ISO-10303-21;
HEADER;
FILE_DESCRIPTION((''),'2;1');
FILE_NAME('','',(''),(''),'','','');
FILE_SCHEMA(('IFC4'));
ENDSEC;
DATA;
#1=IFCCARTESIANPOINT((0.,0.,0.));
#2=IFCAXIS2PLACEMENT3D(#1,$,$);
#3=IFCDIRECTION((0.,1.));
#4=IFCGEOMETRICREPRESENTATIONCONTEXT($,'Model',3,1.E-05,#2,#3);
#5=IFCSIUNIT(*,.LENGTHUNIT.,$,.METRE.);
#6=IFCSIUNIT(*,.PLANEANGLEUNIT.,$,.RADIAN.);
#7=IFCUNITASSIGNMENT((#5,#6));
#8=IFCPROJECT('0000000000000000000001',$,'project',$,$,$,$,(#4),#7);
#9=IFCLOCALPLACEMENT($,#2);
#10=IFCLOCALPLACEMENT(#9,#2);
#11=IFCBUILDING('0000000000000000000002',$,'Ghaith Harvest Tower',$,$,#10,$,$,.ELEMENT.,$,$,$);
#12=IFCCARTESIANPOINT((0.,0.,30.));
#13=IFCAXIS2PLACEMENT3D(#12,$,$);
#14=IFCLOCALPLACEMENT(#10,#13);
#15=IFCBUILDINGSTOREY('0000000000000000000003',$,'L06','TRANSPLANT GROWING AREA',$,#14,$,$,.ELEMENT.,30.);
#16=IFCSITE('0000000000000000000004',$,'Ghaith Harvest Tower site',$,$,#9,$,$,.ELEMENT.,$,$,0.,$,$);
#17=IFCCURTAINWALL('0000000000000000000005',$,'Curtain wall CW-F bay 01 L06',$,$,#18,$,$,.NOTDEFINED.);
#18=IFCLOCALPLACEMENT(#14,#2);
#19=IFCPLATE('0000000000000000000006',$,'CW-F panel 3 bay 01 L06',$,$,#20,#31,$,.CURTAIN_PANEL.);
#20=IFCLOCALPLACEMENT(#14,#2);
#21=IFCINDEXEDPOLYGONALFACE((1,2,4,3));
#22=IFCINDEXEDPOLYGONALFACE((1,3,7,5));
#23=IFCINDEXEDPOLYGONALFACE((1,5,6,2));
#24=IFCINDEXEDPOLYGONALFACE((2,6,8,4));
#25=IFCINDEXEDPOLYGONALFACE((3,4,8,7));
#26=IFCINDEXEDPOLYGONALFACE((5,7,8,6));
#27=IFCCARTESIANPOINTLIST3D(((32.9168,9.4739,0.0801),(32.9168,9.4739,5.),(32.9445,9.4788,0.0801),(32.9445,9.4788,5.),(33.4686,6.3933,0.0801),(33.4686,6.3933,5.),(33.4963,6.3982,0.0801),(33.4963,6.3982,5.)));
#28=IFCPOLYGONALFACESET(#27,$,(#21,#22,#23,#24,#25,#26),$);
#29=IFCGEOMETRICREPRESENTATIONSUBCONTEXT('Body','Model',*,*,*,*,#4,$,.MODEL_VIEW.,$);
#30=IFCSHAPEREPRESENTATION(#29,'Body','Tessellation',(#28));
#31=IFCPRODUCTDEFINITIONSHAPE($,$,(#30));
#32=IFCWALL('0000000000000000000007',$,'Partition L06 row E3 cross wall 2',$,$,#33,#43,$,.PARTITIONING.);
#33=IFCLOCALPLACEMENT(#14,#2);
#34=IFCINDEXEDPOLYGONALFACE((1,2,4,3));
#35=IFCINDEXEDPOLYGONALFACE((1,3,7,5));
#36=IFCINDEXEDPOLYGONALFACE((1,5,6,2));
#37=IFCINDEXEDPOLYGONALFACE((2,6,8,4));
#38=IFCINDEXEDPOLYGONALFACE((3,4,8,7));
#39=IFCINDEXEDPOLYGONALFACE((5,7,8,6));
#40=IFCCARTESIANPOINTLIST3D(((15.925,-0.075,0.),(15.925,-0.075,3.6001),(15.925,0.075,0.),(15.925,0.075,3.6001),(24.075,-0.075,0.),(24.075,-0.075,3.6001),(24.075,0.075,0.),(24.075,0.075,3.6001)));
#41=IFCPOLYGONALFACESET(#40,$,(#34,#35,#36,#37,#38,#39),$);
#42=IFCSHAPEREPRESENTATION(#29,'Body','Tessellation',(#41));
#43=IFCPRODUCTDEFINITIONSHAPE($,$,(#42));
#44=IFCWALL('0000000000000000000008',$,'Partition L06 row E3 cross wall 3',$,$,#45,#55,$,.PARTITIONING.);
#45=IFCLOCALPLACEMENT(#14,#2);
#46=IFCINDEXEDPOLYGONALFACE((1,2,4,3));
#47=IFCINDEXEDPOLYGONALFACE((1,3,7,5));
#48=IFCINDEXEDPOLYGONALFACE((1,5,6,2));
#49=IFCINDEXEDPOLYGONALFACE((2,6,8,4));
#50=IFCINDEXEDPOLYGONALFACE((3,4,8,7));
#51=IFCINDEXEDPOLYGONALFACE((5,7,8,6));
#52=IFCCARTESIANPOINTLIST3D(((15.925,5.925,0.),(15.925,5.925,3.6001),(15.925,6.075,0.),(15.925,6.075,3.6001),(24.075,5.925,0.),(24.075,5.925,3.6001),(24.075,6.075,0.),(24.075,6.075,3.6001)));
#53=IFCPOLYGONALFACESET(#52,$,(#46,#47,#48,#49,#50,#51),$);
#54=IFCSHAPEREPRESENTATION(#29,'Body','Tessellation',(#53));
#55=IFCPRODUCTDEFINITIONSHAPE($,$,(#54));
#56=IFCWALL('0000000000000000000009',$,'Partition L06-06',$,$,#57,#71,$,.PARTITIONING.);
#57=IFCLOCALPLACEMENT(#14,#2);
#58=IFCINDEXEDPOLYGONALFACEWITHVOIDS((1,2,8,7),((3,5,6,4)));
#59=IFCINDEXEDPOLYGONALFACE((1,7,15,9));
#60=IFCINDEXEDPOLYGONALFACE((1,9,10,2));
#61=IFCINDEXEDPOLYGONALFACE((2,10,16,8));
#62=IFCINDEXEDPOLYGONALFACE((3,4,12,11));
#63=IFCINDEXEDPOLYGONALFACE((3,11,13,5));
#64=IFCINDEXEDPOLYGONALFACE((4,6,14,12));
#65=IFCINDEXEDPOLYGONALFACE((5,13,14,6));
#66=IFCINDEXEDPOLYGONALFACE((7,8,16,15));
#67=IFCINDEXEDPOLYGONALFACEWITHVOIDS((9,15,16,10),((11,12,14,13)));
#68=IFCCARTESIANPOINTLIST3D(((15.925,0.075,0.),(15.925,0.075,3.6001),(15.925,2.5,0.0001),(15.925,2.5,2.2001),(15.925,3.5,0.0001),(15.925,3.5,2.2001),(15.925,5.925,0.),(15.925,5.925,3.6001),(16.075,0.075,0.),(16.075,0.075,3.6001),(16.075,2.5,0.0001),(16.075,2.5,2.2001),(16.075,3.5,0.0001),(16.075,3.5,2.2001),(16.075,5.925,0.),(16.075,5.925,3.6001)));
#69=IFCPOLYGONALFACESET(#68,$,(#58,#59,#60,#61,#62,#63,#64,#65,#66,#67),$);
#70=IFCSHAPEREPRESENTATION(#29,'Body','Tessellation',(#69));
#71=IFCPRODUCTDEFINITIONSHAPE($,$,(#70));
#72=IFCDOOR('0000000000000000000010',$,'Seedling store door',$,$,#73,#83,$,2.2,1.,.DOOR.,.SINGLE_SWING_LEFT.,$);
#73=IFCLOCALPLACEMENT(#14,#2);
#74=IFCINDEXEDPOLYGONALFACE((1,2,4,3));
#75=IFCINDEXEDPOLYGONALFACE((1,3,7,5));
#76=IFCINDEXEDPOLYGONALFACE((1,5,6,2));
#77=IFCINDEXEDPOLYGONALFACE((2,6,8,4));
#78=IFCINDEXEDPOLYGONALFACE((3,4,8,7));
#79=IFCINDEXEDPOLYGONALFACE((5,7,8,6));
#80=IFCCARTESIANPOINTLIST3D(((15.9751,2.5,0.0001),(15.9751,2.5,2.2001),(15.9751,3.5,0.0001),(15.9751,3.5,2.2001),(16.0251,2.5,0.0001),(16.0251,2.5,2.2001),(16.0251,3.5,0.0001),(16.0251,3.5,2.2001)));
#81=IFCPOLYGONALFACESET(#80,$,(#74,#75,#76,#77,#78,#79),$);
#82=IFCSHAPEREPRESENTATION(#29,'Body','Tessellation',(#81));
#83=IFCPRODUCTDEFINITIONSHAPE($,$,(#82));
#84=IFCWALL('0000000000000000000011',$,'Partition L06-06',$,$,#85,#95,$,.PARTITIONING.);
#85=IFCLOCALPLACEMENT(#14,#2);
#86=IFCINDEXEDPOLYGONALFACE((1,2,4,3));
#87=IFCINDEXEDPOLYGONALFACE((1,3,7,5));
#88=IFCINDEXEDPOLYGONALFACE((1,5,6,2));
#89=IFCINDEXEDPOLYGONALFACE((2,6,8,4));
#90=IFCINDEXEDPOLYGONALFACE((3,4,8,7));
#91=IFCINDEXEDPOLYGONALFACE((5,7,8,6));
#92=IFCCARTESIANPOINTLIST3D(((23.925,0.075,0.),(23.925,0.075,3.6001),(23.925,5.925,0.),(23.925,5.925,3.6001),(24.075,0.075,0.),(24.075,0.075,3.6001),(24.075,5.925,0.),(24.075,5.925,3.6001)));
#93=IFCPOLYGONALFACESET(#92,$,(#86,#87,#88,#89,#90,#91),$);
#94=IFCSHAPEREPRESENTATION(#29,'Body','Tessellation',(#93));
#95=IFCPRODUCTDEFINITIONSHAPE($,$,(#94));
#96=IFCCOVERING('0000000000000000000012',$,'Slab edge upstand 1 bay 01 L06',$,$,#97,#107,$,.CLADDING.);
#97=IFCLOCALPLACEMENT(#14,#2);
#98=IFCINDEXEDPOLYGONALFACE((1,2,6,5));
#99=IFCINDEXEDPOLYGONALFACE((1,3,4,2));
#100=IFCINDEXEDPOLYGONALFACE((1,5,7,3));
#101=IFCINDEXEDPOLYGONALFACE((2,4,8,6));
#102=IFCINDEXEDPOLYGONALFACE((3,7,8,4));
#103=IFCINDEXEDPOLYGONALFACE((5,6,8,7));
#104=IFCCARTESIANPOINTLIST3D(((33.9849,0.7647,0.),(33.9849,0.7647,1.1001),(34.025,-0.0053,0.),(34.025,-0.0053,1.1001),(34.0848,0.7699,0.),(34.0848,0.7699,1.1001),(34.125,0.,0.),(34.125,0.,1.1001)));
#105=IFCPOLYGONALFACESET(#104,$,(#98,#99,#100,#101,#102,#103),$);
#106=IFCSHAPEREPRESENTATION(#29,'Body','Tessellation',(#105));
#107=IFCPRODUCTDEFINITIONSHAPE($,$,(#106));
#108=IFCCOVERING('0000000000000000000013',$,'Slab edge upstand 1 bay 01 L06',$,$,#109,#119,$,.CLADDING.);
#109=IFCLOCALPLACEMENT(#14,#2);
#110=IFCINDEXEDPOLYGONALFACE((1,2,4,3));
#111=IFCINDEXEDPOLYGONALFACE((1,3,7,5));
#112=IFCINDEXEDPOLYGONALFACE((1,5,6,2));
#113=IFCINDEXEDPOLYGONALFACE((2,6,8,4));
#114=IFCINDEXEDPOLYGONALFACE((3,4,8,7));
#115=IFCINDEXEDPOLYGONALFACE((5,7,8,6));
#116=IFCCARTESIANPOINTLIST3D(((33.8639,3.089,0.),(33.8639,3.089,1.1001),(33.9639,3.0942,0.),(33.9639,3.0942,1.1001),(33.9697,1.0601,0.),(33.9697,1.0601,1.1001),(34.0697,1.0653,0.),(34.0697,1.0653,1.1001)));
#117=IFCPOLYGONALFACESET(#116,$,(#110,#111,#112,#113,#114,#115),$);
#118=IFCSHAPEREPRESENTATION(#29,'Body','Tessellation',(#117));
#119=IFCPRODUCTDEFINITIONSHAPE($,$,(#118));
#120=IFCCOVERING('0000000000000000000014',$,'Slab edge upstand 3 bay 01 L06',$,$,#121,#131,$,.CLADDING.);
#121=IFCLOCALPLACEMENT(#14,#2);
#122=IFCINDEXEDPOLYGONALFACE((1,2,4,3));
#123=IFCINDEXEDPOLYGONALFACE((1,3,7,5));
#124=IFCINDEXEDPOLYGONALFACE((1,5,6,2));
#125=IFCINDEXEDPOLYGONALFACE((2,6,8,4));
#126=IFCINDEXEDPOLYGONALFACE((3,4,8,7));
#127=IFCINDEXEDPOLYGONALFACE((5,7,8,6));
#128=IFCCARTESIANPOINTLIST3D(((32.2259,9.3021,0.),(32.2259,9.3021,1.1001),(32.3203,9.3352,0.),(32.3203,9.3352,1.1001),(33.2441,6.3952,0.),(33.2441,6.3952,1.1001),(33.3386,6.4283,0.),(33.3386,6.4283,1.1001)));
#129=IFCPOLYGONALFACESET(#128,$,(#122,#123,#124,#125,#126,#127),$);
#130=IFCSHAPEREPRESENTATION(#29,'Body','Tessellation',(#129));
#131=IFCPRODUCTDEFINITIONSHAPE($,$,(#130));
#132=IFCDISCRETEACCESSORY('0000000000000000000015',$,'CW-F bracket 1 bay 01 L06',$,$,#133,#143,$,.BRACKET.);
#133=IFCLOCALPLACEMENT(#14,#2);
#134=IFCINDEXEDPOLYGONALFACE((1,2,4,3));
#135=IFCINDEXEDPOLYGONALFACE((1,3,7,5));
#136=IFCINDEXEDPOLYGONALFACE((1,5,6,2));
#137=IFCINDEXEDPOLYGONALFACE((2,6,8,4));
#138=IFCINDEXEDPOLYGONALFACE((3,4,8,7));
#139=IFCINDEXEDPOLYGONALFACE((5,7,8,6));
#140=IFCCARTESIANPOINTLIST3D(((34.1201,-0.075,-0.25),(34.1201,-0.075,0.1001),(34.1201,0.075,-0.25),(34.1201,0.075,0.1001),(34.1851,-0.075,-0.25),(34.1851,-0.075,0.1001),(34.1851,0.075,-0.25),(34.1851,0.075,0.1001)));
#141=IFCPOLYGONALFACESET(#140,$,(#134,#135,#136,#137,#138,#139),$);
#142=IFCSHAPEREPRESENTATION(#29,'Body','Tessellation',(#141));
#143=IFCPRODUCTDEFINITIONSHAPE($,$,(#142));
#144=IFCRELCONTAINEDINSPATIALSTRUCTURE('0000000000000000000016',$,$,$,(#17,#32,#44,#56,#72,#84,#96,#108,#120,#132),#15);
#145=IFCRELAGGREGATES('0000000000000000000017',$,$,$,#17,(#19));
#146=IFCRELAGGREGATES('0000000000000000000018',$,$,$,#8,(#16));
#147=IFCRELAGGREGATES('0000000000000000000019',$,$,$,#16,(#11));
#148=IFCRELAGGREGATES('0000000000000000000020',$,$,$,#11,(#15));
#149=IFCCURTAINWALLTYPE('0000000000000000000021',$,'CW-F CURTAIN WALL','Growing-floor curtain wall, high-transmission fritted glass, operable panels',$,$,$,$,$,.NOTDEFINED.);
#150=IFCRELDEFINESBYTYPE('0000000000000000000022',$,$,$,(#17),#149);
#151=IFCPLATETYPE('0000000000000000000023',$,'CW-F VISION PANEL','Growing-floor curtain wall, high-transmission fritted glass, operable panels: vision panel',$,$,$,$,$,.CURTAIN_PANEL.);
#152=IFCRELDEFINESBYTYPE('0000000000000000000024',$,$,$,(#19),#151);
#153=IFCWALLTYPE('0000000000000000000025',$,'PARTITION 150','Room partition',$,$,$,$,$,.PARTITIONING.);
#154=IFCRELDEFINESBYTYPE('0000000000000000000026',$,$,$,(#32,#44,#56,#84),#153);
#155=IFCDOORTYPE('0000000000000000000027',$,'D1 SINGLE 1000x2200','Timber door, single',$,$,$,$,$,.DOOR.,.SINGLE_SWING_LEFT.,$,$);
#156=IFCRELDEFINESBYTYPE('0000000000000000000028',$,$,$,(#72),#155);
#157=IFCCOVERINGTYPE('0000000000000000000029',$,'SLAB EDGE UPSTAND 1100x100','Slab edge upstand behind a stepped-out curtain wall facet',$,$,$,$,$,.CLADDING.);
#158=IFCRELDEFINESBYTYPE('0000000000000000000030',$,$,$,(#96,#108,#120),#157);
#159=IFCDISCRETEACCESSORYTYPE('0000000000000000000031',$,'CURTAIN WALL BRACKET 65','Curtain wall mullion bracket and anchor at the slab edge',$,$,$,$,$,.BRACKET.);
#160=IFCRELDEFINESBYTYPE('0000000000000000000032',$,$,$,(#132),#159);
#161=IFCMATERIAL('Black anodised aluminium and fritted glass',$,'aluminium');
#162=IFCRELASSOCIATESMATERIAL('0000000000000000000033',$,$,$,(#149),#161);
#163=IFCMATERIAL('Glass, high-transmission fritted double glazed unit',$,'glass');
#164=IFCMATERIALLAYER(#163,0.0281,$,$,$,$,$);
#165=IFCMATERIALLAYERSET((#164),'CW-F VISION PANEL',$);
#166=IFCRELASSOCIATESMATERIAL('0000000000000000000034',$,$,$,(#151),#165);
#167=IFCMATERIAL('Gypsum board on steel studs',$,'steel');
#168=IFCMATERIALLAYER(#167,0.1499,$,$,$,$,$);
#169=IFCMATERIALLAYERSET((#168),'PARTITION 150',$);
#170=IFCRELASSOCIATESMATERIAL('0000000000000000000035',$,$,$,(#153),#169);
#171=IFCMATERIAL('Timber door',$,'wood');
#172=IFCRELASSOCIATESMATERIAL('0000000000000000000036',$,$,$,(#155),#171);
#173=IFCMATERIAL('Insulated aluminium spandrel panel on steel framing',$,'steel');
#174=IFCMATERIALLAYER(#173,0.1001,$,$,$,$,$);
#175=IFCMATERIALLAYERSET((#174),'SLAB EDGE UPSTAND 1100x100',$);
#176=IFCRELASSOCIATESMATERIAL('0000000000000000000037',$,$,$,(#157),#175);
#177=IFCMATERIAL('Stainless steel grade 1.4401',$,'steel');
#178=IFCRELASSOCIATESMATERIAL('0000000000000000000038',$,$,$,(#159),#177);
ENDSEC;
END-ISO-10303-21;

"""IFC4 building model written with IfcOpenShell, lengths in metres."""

from ifc_helpers import new_model, si_unit, direction, frame, frame_2d, origin, origin_2d, place, context, subcontext, project, spatial, rectangle, extrude, material, layer, layer_set, type_object, element, fill, aggregate, save


model = new_model("IFC4")

# Units and contexts
model_context = context("Model", 3, precision=1e-05, world=origin(), true_north=direction((0.0, 1.0)))
body_context = subcontext(model_context, "Body", "Model", "MODEL_VIEW")
ifc_project = project(units=[si_unit("LENGTHUNIT", "METRE"), si_unit("PLANEANGLEUNIT", "RADIAN")], contexts=[model_context])

# Site, building, storey
site_placement = place(None, origin())
site = spatial("IfcSite", under=ifc_project, at=site_placement, Name="Ghaith Harvest Tower site", CompositionType="ELEMENT", RefElevation=0.0)
building_placement = place(site_placement, origin())
building = spatial("IfcBuilding", under=site, at=building_placement, Name="Ghaith Harvest Tower", CompositionType="ELEMENT")
storey_placement = place(building_placement, frame((0.0, 0.0, 30.0)))
storey = spatial("IfcBuildingStorey", under=building, at=storey_placement, Name="L06", Description="TRANSPLANT GROWING AREA", CompositionType="ELEMENT", Elevation=30.0)

# Curtain wall
ifc_material_1 = material(Name="Black anodised aluminium and fritted glass", Category="aluminium")
curtain_wall_type = type_object("IfcCurtainWallType", Name="CW-F CURTAIN WALL", Description="Growing-floor curtain wall, high-transmission fritted glass, operable panels", PredefinedType="NOTDEFINED", material=ifc_material_1)
curtain_wall_placement = place(storey_placement, origin())
curtain_wall = element("IfcCurtainWall", 1, at=curtain_wall_placement, inside=storey, type_object=curtain_wall_type, Name="Curtain wall CW-F bay 01 L06", PredefinedType="NOTDEFINED")

# Plate
ifc_material_2 = material(Name="Glass, high-transmission fritted double glazed unit", Category="glass")
ifc_layer_1 = layer(ifc_material_2, 0.0281)
ifc_layer_set_1 = layer_set([ifc_layer_1], Name="CW-F VISION PANEL")
plate_type = type_object("IfcPlateType", Name="CW-F VISION PANEL", Description="Growing-floor curtain wall, high-transmission fritted glass, operable panels: vision panel", PredefinedType="CURTAIN_PANEL", material=ifc_layer_set_1)
plate_1_placement = place(storey_placement, frame((33.2065, 7.936, 0.0801), z_axis=(0.0, 0.0, 1.0), x_axis=(-0.17632, 0.984333, 0.0)))
plate_1 = element("IfcPlate", 2, at=plate_1_placement, type_object=plate_type, Name="CW-F panel 3 bay 01 L06", PredefinedType="CURTAIN_PANEL", context=body_context, shape_type="SweptSolid", body=[
    extrude(rectangle(XDim=3.1296, YDim=0.0281, at=origin_2d()), origin(), (0.0, 0.0, 1.0), 4.9199),
])
aggregate(curtain_wall, [plate_1])

# Walls
ifc_material_3 = material(Name="Gypsum board on steel studs", Category="steel")
ifc_layer_2 = layer(ifc_material_3, 0.1499)
ifc_layer_set_2 = layer_set([ifc_layer_2], Name="PARTITION 150")
wall_type_1 = type_object("IfcWallType", Name="PARTITION 150", Description="Room partition", PredefinedType="PARTITIONING", material=ifc_layer_set_2)
for number, where, z_axis, x_axis, name in (
    (3, (15.925, 0.0, 0.0), (0.0, 0.0, 1.0), (1.0, 0.0, 0.0), "Partition L06 row E3 cross wall 2"),
    (4, (15.925, 6.0, 0.0), (0.0, 0.0, 1.0), (1.0, 0.0, 0.0), "Partition L06 row E3 cross wall 3"),
):
    element("IfcWall", number, at=place(storey_placement, frame(where, z_axis=z_axis, x_axis=x_axis)), inside=storey, type_object=wall_type_1, Name=name, PredefinedType="PARTITIONING", context=body_context, shape_type="SweptSolid", body=[
        extrude(rectangle(XDim=8.1499, YDim=0.1499, at=frame_2d((4.075, 0.0))), origin(), (0.0, 0.0, 1.0), 3.6001),
    ])

# Wall, opening, door
wall_1_placement = place(storey_placement, frame((16.0, 0.075, 0.0), z_axis=(0.0, 0.0, 1.0), x_axis=(0.0, 1.0, 0.0)))
wall_1 = element("IfcWall", 5, at=wall_1_placement, inside=storey, type_object=wall_type_1, Name="Partition L06-06", PredefinedType="PARTITIONING", context=body_context, shape_type="SweptSolid", body=[
    extrude(rectangle(XDim=5.8501, YDim=0.1499, at=frame_2d((2.925, 0.0))), origin(), (0.0, 0.0, 1.0), 3.6001),
])
opening_1_placement = place(wall_1_placement, frame((2.425, 0.0, 0.0)))
opening_1 = element("IfcOpeningElement", 6, at=opening_1_placement, cuts=wall_1, PredefinedType="OPENING", context=body_context, shape_type="SweptSolid", body=[
    extrude(rectangle(XDim=1.0, YDim=2.2, at=frame_2d((0.5, 1.1001))), frame((0.0, 0.085, 0.0), z_axis=(0.0, -1.0, 0.0), x_axis=(1.0, 0.0, 0.0)), (0.0, 0.0, 1.0), 0.1699),
])
ifc_material_4 = material(Name="Timber door", Category="wood")
door_type_1 = type_object("IfcDoorType", Name="D1 SINGLE 1000x2200", Description="Timber door, single", OperationType="SINGLE_SWING_LEFT", PredefinedType="DOOR", material=ifc_material_4)
door_1_placement = place(opening_1_placement, origin())
door_1 = element("IfcDoor", 7, at=door_1_placement, inside=storey, type_object=door_type_1, Name="Seedling store door", OperationType="SINGLE_SWING_LEFT", OverallHeight=2.2, OverallWidth=1.0, PredefinedType="DOOR", context=body_context, shape_type="SweptSolid", body=[
    extrude(rectangle(XDim=1.0, YDim=2.2, at=frame_2d((0.5, 1.1001))), frame((0.0, 0.0249, 0.0), z_axis=(0.0, -1.0, 0.0), x_axis=(1.0, 0.0, 0.0)), (0.0, 0.0, 1.0), 0.05),
])
fill(opening_1, door_1)

# Wall
wall_2_placement = place(storey_placement, frame((24.0, 0.075, 0.0), z_axis=(0.0, 0.0, 1.0), x_axis=(0.0, 1.0, 0.0)))
element("IfcWall", 8, at=wall_2_placement, inside=storey, type_object=wall_type_1, Name="Partition L06-06", PredefinedType="PARTITIONING", context=body_context, shape_type="SweptSolid", body=[
    extrude(rectangle(XDim=5.8501, YDim=0.1499, at=frame_2d((2.925, 0.0))), origin(), (0.0, 0.0, 1.0), 3.6001),
])

# Coverings
ifc_material_5 = material(Name="Insulated aluminium spandrel panel on steel framing", Category="steel")
ifc_layer_3 = layer(ifc_material_5, 0.1001)
ifc_layer_set_3 = layer_set([ifc_layer_3], Name="SLAB EDGE UPSTAND 1100x100")
covering_type = type_object("IfcCoveringType", Name="SLAB EDGE UPSTAND 1100x100", Description="Slab edge upstand behind a stepped-out curtain wall facet", PredefinedType="CLADDING", material=ifc_layer_set_3)
covering_1_placement = place(storey_placement, frame((34.0549, 0.3823, 0.0), z_axis=(0.0, 0.0, 1.0), x_axis=(-0.052049, 0.998645, 0.0)))
element("IfcCovering", 9, at=covering_1_placement, inside=storey, type_object=covering_type, Name="Slab edge upstand 1 bay 01 L06", PredefinedType="CLADDING", context=body_context, shape_type="SweptSolid", body=[
    extrude(rectangle(XDim=0.771, YDim=0.1001, at=origin_2d()), origin(), (0.0, 0.0, 1.0), 1.1001),
])
covering_2_placement = place(storey_placement, frame((33.9668, 2.0771, 0.0), z_axis=(0.0, 0.0, 1.0), x_axis=(-0.052049, 0.998645, 0.0)))
element("IfcCovering", 10, at=covering_2_placement, inside=storey, type_object=covering_type, Name="Slab edge upstand 1 bay 01 L06", PredefinedType="CLADDING", context=body_context, shape_type="SweptSolid", body=[
    extrude(rectangle(XDim=2.0317, YDim=0.1001, at=origin_2d()), origin(), (0.0, 0.0, 1.0), 1.1001),
])
covering_3_placement = place(storey_placement, frame((32.7822, 7.8652, 0.0), z_axis=(0.0, 0.0, 1.0), x_axis=(-0.330598, 0.943772, 0.0)))
element("IfcCovering", 11, at=covering_3_placement, inside=storey, type_object=covering_type, Name="Slab edge upstand 3 bay 01 L06", PredefinedType="CLADDING", context=body_context, shape_type="SweptSolid", body=[
    extrude(rectangle(XDim=3.0801, YDim=0.1001, at=origin_2d()), origin(), (0.0, 0.0, 1.0), 1.1001),
])

# Discrete accessory
ifc_material_6 = material(Name="Stainless steel grade 1.4401", Category="steel")
discrete_accessory_type = type_object("IfcDiscreteAccessoryType", Name="CURTAIN WALL BRACKET 65", Description="Curtain wall mullion bracket and anchor at the slab edge", PredefinedType="BRACKET", material=ifc_material_6)
discrete_accessory_placement = place(storey_placement, frame((34.1526, 0.0, -0.25), z_axis=(0.0, 0.0, 1.0), x_axis=(1.0, 0.0, 0.0)))
element("IfcDiscreteAccessory", 12, at=discrete_accessory_placement, inside=storey, type_object=discrete_accessory_type, Name="CW-F bracket 1 bay 01 L06", PredefinedType="BRACKET", context=body_context, shape_type="SweptSolid", body=[
    extrude(rectangle(XDim=0.0649, YDim=0.1499, at=origin_2d()), origin(), (0.0, 0.0, 1.0), 0.3501),
])

save(model, "model.ifc")
